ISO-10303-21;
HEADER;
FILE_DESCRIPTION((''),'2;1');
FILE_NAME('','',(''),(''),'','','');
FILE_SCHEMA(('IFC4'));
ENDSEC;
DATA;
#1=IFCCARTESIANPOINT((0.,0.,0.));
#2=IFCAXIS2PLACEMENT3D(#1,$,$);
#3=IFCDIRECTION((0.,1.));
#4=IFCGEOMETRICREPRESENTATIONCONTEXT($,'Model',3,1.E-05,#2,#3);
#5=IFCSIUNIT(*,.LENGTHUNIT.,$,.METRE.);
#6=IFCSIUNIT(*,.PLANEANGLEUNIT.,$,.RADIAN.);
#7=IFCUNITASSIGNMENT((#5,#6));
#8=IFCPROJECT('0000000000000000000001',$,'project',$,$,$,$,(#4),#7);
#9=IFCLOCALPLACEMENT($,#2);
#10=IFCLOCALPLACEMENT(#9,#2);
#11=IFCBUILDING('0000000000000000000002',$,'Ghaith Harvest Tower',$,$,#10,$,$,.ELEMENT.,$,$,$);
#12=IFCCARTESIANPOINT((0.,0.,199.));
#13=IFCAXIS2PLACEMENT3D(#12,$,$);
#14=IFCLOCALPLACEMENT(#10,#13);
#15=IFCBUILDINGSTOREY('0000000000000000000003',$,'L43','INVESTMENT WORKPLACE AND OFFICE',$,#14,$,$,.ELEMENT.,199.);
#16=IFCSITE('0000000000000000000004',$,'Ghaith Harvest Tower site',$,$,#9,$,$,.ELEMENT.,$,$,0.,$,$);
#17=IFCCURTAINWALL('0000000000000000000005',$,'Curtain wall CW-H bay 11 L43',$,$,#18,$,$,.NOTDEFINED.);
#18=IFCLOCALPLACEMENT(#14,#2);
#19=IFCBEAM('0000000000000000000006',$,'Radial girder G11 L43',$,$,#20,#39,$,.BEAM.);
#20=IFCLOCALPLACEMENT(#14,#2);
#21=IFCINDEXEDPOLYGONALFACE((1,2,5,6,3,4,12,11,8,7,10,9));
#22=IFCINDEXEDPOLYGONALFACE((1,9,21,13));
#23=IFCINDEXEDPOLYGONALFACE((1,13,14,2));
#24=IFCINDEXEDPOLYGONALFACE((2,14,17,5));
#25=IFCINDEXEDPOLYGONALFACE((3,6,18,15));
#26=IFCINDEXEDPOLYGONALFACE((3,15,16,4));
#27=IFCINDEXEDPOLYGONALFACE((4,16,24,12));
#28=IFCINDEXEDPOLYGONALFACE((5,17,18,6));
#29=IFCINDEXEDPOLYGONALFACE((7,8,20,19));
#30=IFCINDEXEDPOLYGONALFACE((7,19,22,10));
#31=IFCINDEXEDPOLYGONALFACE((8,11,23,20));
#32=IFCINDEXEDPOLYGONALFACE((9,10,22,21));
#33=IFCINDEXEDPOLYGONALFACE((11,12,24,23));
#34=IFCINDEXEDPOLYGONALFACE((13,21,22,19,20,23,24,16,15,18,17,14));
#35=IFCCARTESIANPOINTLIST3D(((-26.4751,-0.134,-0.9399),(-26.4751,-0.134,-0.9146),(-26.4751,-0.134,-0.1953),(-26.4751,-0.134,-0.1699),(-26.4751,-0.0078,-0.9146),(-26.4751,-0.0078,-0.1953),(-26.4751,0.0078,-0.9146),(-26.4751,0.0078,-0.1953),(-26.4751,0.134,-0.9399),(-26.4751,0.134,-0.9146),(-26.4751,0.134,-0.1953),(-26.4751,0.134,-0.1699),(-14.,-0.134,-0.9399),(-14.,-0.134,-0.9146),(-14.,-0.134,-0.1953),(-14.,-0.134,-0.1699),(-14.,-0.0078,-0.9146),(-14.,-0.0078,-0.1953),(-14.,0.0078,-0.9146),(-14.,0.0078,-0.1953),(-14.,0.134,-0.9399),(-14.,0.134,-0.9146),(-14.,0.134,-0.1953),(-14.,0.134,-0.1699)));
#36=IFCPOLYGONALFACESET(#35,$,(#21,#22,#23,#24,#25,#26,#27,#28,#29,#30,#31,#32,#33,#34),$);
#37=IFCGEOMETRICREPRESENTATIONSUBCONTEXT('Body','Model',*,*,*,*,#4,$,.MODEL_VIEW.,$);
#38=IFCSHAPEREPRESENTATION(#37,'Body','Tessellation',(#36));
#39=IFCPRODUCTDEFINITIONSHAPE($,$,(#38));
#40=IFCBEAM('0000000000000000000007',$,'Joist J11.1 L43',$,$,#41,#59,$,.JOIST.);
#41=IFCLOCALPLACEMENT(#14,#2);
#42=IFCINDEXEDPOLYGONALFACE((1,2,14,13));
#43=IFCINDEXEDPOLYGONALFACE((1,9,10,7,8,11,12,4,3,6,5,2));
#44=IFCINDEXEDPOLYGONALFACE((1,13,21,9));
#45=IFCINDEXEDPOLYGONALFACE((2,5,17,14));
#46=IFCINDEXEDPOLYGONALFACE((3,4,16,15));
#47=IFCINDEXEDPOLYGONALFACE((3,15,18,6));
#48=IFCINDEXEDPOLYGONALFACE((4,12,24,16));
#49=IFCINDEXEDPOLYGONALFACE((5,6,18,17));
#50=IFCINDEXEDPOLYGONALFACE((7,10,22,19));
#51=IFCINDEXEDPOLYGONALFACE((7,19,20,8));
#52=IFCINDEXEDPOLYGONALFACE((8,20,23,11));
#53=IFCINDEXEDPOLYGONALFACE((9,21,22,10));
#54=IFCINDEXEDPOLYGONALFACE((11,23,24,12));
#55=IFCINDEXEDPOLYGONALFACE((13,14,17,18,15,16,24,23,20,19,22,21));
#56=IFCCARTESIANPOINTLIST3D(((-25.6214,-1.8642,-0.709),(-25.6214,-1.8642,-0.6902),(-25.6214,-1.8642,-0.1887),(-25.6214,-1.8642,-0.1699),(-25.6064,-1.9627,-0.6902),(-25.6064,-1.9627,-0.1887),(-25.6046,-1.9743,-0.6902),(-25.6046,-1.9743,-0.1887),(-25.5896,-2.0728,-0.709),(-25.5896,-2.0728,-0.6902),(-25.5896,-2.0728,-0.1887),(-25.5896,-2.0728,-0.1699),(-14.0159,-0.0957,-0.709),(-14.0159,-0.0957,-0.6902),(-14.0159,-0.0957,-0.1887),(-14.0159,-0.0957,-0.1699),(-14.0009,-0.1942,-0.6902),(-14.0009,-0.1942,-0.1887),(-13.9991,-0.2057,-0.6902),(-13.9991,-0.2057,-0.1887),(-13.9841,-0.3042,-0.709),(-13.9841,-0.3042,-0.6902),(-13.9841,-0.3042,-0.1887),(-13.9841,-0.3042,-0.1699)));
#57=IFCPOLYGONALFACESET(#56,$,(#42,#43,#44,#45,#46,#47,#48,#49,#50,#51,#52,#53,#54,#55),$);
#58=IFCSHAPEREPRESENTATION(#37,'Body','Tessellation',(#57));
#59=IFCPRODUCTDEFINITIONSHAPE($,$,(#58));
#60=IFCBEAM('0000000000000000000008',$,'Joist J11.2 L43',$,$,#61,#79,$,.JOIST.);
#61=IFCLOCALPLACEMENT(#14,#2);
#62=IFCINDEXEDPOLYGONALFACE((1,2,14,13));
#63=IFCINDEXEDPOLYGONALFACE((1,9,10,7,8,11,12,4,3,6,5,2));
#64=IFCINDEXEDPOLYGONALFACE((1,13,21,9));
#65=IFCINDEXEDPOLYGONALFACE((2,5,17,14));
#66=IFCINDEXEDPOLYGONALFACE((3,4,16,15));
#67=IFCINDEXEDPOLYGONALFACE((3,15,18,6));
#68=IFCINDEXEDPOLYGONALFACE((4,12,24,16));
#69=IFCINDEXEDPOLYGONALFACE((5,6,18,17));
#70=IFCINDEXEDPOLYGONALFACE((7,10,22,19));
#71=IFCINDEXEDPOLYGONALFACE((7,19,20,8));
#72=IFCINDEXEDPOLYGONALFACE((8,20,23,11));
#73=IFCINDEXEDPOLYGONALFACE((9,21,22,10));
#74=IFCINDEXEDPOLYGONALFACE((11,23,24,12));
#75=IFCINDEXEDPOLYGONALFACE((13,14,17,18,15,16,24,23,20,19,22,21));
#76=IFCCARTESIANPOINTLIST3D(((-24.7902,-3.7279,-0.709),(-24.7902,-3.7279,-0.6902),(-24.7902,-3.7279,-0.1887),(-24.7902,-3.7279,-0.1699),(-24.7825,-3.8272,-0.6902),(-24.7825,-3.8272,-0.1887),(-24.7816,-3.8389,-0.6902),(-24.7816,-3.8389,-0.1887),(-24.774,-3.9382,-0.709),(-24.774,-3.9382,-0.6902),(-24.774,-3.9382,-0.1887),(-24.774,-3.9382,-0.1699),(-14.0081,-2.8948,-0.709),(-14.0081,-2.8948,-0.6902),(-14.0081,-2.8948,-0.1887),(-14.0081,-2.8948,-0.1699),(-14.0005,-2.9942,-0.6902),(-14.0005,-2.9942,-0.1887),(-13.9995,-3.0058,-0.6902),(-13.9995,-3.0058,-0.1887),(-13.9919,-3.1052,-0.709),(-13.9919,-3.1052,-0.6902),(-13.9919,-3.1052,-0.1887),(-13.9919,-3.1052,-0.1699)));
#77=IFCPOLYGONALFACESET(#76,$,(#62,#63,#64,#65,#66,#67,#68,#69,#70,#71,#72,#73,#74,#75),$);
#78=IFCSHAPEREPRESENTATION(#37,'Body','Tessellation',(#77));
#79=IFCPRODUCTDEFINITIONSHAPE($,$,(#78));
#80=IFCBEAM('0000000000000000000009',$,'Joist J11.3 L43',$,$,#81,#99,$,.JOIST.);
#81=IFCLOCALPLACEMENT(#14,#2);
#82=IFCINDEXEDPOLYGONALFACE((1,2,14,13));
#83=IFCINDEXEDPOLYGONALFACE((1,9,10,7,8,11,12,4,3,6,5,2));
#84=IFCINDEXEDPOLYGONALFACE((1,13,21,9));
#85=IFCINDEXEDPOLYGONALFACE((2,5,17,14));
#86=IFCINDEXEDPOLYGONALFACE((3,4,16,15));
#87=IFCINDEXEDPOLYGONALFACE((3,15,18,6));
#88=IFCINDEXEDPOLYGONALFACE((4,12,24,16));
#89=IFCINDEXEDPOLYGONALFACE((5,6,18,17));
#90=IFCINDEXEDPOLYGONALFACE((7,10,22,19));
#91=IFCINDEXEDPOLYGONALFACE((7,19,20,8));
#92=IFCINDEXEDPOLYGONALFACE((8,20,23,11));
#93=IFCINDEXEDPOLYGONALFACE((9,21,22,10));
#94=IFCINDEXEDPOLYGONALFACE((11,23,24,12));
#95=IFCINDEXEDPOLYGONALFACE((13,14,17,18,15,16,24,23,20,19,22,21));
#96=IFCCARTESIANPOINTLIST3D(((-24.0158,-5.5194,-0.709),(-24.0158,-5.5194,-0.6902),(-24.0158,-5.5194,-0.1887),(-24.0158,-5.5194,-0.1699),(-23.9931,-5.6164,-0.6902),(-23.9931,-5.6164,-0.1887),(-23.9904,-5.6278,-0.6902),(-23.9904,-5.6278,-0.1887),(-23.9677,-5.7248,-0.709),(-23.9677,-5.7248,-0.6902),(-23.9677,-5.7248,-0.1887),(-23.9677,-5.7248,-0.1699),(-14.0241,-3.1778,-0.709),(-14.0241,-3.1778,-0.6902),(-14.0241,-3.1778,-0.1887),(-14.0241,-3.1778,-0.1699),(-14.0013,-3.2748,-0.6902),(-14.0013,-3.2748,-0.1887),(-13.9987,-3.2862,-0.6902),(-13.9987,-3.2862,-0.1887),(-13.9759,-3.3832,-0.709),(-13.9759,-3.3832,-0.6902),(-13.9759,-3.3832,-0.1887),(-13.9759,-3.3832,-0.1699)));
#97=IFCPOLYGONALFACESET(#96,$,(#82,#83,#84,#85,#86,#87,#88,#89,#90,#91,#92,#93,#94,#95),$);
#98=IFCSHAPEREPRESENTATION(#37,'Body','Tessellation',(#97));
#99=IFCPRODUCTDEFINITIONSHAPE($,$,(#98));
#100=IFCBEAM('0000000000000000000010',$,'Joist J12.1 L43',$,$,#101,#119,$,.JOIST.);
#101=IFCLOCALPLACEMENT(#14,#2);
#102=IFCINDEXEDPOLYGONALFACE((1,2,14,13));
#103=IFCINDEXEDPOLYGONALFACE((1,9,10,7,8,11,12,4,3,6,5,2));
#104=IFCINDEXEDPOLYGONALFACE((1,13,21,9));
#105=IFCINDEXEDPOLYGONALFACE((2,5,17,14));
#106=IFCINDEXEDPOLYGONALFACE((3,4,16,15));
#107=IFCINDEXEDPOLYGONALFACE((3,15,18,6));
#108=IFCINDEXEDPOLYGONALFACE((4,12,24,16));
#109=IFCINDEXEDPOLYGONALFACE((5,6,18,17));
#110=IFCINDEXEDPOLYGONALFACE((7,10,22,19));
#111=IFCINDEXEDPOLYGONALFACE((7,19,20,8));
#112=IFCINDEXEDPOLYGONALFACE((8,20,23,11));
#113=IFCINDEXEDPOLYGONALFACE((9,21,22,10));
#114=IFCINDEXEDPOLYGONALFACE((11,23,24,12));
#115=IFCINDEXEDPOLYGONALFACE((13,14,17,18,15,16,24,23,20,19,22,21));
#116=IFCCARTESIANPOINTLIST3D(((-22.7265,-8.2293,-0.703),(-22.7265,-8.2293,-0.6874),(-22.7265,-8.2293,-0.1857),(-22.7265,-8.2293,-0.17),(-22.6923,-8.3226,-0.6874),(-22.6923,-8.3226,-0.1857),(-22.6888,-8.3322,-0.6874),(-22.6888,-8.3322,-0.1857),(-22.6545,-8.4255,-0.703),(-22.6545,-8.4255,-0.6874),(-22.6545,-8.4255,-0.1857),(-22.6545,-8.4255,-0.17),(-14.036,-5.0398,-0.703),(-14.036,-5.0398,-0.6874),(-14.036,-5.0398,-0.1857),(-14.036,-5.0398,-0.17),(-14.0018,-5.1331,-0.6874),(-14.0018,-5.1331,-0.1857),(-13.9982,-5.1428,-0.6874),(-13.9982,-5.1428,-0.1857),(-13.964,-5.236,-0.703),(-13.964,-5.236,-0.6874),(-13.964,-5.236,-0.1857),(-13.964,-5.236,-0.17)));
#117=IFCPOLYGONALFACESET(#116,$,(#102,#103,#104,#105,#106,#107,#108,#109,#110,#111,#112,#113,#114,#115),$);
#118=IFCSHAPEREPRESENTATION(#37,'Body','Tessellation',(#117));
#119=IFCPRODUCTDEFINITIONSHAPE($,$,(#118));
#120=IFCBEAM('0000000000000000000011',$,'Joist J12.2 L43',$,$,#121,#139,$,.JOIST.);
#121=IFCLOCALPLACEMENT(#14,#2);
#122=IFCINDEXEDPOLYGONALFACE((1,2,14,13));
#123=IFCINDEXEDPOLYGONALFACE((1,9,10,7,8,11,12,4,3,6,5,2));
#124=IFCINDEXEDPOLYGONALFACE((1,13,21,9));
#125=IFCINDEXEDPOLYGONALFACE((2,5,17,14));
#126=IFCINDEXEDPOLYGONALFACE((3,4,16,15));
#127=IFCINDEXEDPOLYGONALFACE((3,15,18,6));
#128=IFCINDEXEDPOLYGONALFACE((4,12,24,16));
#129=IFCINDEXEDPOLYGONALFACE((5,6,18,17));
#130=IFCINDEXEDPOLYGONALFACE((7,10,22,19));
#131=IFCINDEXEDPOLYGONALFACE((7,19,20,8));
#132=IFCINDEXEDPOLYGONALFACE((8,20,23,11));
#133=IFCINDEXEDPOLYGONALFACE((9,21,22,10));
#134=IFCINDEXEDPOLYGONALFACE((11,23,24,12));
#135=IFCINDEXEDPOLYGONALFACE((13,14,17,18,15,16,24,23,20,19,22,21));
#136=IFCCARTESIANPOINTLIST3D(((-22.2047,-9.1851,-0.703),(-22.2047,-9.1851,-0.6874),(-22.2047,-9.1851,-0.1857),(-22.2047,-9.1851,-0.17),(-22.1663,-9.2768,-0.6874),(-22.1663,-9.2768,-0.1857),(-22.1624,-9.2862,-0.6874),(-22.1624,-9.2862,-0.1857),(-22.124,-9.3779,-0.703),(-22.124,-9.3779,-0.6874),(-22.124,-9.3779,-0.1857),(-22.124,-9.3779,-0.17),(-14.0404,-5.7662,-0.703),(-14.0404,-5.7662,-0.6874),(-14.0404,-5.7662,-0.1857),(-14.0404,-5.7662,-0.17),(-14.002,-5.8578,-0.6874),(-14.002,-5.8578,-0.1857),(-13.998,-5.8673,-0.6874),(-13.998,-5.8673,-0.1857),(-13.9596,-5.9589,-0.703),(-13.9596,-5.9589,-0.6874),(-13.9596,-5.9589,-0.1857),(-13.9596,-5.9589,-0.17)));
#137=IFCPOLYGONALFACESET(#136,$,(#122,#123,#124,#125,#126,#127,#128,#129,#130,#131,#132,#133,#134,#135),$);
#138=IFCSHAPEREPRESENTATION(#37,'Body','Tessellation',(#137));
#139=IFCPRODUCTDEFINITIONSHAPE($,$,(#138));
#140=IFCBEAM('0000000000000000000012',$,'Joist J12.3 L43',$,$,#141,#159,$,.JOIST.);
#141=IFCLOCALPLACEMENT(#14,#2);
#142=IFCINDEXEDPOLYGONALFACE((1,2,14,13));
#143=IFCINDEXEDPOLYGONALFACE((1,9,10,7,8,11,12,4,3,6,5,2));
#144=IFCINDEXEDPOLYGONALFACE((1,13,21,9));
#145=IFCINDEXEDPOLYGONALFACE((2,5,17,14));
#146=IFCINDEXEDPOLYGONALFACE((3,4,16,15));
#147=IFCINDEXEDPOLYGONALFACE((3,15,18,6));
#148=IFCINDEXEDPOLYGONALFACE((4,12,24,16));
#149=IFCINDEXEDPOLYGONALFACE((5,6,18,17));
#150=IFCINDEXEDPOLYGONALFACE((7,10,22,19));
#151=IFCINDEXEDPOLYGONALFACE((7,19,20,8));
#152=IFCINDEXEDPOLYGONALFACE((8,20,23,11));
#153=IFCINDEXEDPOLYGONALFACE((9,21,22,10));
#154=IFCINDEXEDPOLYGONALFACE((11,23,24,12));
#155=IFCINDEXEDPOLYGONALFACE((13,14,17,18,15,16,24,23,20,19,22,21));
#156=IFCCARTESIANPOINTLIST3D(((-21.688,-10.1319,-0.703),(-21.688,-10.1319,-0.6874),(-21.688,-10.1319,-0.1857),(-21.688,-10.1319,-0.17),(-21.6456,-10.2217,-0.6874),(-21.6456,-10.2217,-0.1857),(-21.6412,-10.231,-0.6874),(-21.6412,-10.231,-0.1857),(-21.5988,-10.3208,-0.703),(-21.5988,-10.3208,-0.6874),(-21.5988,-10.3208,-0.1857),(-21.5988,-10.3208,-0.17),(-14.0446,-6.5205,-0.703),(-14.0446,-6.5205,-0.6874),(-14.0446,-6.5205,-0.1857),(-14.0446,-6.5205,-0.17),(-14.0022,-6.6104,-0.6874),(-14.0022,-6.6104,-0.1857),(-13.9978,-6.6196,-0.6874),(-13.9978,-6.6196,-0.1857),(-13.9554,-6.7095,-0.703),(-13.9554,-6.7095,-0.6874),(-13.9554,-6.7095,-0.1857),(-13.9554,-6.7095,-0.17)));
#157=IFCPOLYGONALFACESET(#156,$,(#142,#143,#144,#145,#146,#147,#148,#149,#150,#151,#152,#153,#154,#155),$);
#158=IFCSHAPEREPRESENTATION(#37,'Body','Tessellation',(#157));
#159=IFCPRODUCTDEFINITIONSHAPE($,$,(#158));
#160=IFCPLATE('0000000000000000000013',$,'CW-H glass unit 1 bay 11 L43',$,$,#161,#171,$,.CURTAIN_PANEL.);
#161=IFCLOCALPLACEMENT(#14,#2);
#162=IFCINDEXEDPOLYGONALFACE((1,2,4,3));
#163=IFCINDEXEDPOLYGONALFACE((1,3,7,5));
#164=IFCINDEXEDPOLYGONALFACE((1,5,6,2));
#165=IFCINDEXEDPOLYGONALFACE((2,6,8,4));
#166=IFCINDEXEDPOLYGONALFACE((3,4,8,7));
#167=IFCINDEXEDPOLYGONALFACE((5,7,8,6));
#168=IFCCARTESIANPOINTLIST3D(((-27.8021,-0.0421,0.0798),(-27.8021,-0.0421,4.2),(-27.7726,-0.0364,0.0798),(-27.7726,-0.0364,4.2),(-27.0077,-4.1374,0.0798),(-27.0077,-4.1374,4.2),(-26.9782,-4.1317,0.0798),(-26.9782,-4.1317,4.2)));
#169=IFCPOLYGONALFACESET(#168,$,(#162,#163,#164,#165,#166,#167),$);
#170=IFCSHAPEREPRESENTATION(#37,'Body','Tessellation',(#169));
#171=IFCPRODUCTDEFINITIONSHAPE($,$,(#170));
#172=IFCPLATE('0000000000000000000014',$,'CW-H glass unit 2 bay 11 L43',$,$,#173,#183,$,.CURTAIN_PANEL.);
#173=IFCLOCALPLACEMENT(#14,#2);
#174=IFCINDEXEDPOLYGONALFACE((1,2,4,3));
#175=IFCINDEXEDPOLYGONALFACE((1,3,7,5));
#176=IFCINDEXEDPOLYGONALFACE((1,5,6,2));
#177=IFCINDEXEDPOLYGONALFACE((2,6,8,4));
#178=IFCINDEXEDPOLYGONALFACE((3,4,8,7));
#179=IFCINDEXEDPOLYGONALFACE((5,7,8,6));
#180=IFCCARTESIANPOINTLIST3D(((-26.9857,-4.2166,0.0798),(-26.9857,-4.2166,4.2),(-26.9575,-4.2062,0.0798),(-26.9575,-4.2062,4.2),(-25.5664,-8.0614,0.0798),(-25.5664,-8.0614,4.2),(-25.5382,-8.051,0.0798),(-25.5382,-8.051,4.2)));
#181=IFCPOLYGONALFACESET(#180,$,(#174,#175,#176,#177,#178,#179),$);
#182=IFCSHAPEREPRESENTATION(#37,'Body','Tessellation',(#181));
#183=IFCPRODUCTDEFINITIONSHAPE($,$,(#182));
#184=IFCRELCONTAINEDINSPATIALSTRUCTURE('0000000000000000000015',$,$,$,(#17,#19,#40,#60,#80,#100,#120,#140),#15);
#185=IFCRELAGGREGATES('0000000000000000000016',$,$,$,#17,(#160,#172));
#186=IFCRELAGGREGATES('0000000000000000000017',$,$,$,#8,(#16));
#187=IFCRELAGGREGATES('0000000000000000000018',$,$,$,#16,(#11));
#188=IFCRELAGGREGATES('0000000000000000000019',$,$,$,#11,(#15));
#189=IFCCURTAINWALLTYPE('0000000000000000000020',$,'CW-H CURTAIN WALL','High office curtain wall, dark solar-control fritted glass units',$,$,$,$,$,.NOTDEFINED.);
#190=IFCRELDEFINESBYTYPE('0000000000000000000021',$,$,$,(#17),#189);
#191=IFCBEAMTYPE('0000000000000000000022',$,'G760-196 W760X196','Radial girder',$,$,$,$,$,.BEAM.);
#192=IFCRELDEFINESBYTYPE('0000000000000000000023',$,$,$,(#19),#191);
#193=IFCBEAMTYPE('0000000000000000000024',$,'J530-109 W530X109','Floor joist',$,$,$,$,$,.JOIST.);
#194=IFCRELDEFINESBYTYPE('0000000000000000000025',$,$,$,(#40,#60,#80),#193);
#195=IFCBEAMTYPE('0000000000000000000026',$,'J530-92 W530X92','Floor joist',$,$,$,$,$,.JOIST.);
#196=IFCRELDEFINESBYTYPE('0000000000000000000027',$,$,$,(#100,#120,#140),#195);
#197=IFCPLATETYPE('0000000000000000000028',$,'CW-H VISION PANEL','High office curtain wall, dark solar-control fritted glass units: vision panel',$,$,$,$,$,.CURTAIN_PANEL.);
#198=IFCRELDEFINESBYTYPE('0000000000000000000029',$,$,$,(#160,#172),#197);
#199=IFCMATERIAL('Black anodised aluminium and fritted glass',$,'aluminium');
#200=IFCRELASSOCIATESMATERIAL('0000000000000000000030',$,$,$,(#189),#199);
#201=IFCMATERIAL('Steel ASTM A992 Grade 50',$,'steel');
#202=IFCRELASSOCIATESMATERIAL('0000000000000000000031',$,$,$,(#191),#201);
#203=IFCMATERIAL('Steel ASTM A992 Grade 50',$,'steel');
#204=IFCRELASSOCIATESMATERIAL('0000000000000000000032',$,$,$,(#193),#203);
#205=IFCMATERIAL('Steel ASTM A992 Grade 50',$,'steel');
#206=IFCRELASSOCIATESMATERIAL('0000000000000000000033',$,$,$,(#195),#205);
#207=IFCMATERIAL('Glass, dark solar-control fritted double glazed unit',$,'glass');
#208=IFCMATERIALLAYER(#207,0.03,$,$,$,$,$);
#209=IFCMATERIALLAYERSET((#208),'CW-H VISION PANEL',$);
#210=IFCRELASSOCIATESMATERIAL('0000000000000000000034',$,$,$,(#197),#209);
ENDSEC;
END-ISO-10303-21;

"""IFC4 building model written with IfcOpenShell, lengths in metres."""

from ifc_helpers import new_model, si_unit, direction, frame, origin, origin_2d, place, context, subcontext, project, spatial, rectangle, i_section, extrude, material, layer, layer_set, material_profile, profile_set, type_object, element, aggregate, save


model = new_model("IFC4")

# Units and contexts
model_context = context("Model", 3, precision=1e-05, world=origin(), true_north=direction((0.0, 1.0)))
body_context = subcontext(model_context, "Body", "Model", "MODEL_VIEW")
ifc_project = project(units=[si_unit("LENGTHUNIT", "METRE"), si_unit("PLANEANGLEUNIT", "RADIAN")], contexts=[model_context])

# Site, building, storey
site_placement = place(None, origin())
site = spatial("IfcSite", under=ifc_project, at=site_placement, Name="Ghaith Harvest Tower site", CompositionType="ELEMENT", RefElevation=0.0)
building_placement = place(site_placement, origin())
building = spatial("IfcBuilding", under=site, at=building_placement, Name="Ghaith Harvest Tower", CompositionType="ELEMENT")
storey_placement = place(building_placement, frame((0.0, 0.0, 199.0)))
storey = spatial("IfcBuildingStorey", under=building, at=storey_placement, Name="L43", Description="INVESTMENT WORKPLACE AND OFFICE", CompositionType="ELEMENT", Elevation=199.0)

# Curtain wall
ifc_material_1 = material(Name="Black anodised aluminium and fritted glass", Category="aluminium")
curtain_wall_type = type_object("IfcCurtainWallType", Name="CW-H CURTAIN WALL", Description="High office curtain wall, dark solar-control fritted glass units", PredefinedType="NOTDEFINED", material=ifc_material_1)
curtain_wall_placement = place(storey_placement, origin())
curtain_wall = element("IfcCurtainWall", 1, at=curtain_wall_placement, inside=storey, type_object=curtain_wall_type, Name="Curtain wall CW-H bay 11 L43", PredefinedType="NOTDEFINED")

# Beams
ifc_material_2 = material(Name="Steel ASTM A992 Grade 50", Category="steel")
ifc_material_profile_1 = material_profile(ifc_material_2, i_section(OverallWidth=0.2681, OverallDepth=0.77, WebThickness=0.0156, FlangeThickness=0.0254, at=origin_2d()), Name="W760X196")
ifc_profile_set_1 = profile_set([ifc_material_profile_1], Name="Steel ASTM A992 Grade 50")
beam_type_1 = type_object("IfcBeamType", Name="G760-196 W760X196", Description="Radial girder", PredefinedType="BEAM", material=ifc_profile_set_1)
beam_1_placement = place(storey_placement, frame((-14.0, 0.0, -0.5549), z_axis=(-1.0, 0.0, 0.0), x_axis=(0.0, -1.0, 0.0)))
element("IfcBeam", 2, at=beam_1_placement, inside=storey, type_object=beam_type_1, Name="Radial girder G11 L43", PredefinedType="BEAM", context=body_context, shape_type="SweptSolid", body=[
    extrude(i_section(OverallWidth=0.2681, OverallDepth=0.77, WebThickness=0.0156, FlangeThickness=0.0254, at=origin_2d()), origin(), (0.0, 0.0, 1.0), 12.4751),
])
ifc_material_3 = material(Name="Steel ASTM A992 Grade 50", Category="steel")
ifc_material_profile_2 = material_profile(ifc_material_3, i_section(OverallWidth=0.2109, OverallDepth=0.5391, WebThickness=0.0117, FlangeThickness=0.0188, at=origin_2d()), Name="W530X109")
ifc_profile_set_2 = profile_set([ifc_material_profile_2], Name="Steel ASTM A992 Grade 50")
beam_type_2 = type_object("IfcBeamType", Name="J530-109 W530X109", Description="Floor joist", PredefinedType="JOIST", material=ifc_profile_set_2)
beam_2_placement = place(storey_placement, frame((-14.0, -0.2, -0.4395), z_axis=(-0.988587, -0.150651, 0.0), x_axis=(0.150651, -0.988587, 0.0)))
element("IfcBeam", 3, at=beam_2_placement, inside=storey, type_object=beam_type_2, Name="Joist J11.1 L43", PredefinedType="JOIST", context=body_context, shape_type="SweptSolid", body=[
    extrude(i_section(OverallWidth=0.2109, OverallDepth=0.5391, WebThickness=0.0117, FlangeThickness=0.0188, at=origin_2d()), origin(), (0.0, 0.0, 1.0), 11.7395),
])
beam_3_placement = place(storey_placement, frame((-14.0, -3.0, -0.4395), z_axis=(-0.997029, -0.07703, 0.0), x_axis=(0.07703, -0.997029, 0.0)))
element("IfcBeam", 4, at=beam_3_placement, inside=storey, type_object=beam_type_2, Name="Joist J11.2 L43", PredefinedType="JOIST", context=body_context, shape_type="SweptSolid", body=[
    extrude(i_section(OverallWidth=0.2109, OverallDepth=0.5391, WebThickness=0.0117, FlangeThickness=0.0188, at=origin_2d()), origin(), (0.0, 0.0, 1.0), 10.8142),
])
beam_4_placement = place(storey_placement, frame((-14.0, -3.2805, -0.4395), z_axis=(-0.973622, -0.228168, 0.0), x_axis=(0.228168, -0.973622, 0.0)))
element("IfcBeam", 5, at=beam_4_placement, inside=storey, type_object=beam_type_2, Name="Joist J11.3 L43", PredefinedType="JOIST", context=body_context, shape_type="SweptSolid", body=[
    extrude(i_section(OverallWidth=0.2109, OverallDepth=0.5391, WebThickness=0.0117, FlangeThickness=0.0188, at=origin_2d()), origin(), (0.0, 0.0, 1.0), 10.2625),
])
ifc_material_4 = material(Name="Steel ASTM A992 Grade 50", Category="steel")
ifc_material_profile_3 = material_profile(ifc_material_4, i_section(OverallWidth=0.209, OverallDepth=0.533, WebThickness=0.0103, FlangeThickness=0.0156, at=origin_2d()), Name="W530X92")
ifc_profile_set_3 = profile_set([ifc_material_profile_3], Name="Steel ASTM A992 Grade 50")
beam_type_3 = type_object("IfcBeamType", Name="J530-92 W530X92", Description="Floor joist", PredefinedType="JOIST", material=ifc_profile_set_3)
beam_5_placement = place(storey_placement, frame((-14.0, -5.1379, -0.4365), z_axis=(-0.938773, -0.344537, 0.0), x_axis=(0.344537, -0.938773, 0.0)))
element("IfcBeam", 6, at=beam_5_placement, inside=storey, type_object=beam_type_3, Name="Joist J12.1 L43", PredefinedType="JOIST", context=body_context, shape_type="SweptSolid", body=[
    extrude(i_section(OverallWidth=0.209, OverallDepth=0.533, WebThickness=0.0103, FlangeThickness=0.0156, at=origin_2d()), origin(), (0.0, 0.0, 1.0), 9.2573),
])
beam_6_placement = place(storey_placement, frame((-14.0, -5.8625, -0.4365), z_axis=(-0.922388, -0.386266, 0.0), x_axis=(0.386266, -0.922388, 0.0)))
element("IfcBeam", 7, at=beam_6_placement, inside=storey, type_object=beam_type_3, Name="Joist J12.2 L43", PredefinedType="JOIST", context=body_context, shape_type="SweptSolid", body=[
    extrude(i_section(OverallWidth=0.209, OverallDepth=0.533, WebThickness=0.0103, FlangeThickness=0.0156, at=origin_2d()), origin(), (0.0, 0.0, 1.0), 8.8513),
])
beam_7_placement = place(storey_placement, frame((-14.0, -6.615, -0.4365), z_axis=(-0.904158, -0.427198, 0.0), x_axis=(0.427198, -0.904158, 0.0)))
element("IfcBeam", 8, at=beam_7_placement, inside=storey, type_object=beam_type_3, Name="Joist J12.3 L43", PredefinedType="JOIST", context=body_context, shape_type="SweptSolid", body=[
    extrude(i_section(OverallWidth=0.209, OverallDepth=0.533, WebThickness=0.0103, FlangeThickness=0.0156, at=origin_2d()), origin(), (0.0, 0.0, 1.0), 8.4536),
])

# Plates
ifc_material_5 = material(Name="Glass, dark solar-control fritted double glazed unit", Category="glass")
ifc_layer_1 = layer(ifc_material_5, 0.03)
ifc_layer_set_1 = layer_set([ifc_layer_1], Name="CW-H VISION PANEL")
plate_type_1 = type_object("IfcPlateType", Name="CW-H VISION PANEL", Description="High office curtain wall, dark solar-control fritted glass units: vision panel", PredefinedType="CURTAIN_PANEL", material=ifc_layer_set_1)
plate_1_placement = place(storey_placement, frame((-27.3901, -2.0869, 0.0798), z_axis=(0.0, 0.0, 1.0), x_axis=(0.190427, -0.981701, 0.0)))
plate_1 = element("IfcPlate", 9, at=plate_1_placement, type_object=plate_type_1, Name="CW-H glass unit 1 bay 11 L43", PredefinedType="CURTAIN_PANEL", context=body_context, shape_type="SweptSolid", body=[
    extrude(rectangle(XDim=4.1716, YDim=0.03, at=origin_2d()), origin(), (0.0, 0.0, 1.0), 4.1201),
])
plate_2_placement = place(storey_placement, frame((-26.262, -6.1338, 0.0798), z_axis=(0.0, 0.0, 1.0), x_axis=(0.346303, -0.938123, 0.0)))
plate_2 = element("IfcPlate", 10, at=plate_2_placement, type_object=plate_type_1, Name="CW-H glass unit 2 bay 11 L43", PredefinedType="CURTAIN_PANEL", context=body_context, shape_type="SweptSolid", body=[
    extrude(rectangle(XDim=4.0984, YDim=0.03, at=origin_2d()), origin(), (0.0, 0.0, 1.0), 4.1201),
])
aggregate(curtain_wall, [plate_1, plate_2])

save(model, "model.ifc")
